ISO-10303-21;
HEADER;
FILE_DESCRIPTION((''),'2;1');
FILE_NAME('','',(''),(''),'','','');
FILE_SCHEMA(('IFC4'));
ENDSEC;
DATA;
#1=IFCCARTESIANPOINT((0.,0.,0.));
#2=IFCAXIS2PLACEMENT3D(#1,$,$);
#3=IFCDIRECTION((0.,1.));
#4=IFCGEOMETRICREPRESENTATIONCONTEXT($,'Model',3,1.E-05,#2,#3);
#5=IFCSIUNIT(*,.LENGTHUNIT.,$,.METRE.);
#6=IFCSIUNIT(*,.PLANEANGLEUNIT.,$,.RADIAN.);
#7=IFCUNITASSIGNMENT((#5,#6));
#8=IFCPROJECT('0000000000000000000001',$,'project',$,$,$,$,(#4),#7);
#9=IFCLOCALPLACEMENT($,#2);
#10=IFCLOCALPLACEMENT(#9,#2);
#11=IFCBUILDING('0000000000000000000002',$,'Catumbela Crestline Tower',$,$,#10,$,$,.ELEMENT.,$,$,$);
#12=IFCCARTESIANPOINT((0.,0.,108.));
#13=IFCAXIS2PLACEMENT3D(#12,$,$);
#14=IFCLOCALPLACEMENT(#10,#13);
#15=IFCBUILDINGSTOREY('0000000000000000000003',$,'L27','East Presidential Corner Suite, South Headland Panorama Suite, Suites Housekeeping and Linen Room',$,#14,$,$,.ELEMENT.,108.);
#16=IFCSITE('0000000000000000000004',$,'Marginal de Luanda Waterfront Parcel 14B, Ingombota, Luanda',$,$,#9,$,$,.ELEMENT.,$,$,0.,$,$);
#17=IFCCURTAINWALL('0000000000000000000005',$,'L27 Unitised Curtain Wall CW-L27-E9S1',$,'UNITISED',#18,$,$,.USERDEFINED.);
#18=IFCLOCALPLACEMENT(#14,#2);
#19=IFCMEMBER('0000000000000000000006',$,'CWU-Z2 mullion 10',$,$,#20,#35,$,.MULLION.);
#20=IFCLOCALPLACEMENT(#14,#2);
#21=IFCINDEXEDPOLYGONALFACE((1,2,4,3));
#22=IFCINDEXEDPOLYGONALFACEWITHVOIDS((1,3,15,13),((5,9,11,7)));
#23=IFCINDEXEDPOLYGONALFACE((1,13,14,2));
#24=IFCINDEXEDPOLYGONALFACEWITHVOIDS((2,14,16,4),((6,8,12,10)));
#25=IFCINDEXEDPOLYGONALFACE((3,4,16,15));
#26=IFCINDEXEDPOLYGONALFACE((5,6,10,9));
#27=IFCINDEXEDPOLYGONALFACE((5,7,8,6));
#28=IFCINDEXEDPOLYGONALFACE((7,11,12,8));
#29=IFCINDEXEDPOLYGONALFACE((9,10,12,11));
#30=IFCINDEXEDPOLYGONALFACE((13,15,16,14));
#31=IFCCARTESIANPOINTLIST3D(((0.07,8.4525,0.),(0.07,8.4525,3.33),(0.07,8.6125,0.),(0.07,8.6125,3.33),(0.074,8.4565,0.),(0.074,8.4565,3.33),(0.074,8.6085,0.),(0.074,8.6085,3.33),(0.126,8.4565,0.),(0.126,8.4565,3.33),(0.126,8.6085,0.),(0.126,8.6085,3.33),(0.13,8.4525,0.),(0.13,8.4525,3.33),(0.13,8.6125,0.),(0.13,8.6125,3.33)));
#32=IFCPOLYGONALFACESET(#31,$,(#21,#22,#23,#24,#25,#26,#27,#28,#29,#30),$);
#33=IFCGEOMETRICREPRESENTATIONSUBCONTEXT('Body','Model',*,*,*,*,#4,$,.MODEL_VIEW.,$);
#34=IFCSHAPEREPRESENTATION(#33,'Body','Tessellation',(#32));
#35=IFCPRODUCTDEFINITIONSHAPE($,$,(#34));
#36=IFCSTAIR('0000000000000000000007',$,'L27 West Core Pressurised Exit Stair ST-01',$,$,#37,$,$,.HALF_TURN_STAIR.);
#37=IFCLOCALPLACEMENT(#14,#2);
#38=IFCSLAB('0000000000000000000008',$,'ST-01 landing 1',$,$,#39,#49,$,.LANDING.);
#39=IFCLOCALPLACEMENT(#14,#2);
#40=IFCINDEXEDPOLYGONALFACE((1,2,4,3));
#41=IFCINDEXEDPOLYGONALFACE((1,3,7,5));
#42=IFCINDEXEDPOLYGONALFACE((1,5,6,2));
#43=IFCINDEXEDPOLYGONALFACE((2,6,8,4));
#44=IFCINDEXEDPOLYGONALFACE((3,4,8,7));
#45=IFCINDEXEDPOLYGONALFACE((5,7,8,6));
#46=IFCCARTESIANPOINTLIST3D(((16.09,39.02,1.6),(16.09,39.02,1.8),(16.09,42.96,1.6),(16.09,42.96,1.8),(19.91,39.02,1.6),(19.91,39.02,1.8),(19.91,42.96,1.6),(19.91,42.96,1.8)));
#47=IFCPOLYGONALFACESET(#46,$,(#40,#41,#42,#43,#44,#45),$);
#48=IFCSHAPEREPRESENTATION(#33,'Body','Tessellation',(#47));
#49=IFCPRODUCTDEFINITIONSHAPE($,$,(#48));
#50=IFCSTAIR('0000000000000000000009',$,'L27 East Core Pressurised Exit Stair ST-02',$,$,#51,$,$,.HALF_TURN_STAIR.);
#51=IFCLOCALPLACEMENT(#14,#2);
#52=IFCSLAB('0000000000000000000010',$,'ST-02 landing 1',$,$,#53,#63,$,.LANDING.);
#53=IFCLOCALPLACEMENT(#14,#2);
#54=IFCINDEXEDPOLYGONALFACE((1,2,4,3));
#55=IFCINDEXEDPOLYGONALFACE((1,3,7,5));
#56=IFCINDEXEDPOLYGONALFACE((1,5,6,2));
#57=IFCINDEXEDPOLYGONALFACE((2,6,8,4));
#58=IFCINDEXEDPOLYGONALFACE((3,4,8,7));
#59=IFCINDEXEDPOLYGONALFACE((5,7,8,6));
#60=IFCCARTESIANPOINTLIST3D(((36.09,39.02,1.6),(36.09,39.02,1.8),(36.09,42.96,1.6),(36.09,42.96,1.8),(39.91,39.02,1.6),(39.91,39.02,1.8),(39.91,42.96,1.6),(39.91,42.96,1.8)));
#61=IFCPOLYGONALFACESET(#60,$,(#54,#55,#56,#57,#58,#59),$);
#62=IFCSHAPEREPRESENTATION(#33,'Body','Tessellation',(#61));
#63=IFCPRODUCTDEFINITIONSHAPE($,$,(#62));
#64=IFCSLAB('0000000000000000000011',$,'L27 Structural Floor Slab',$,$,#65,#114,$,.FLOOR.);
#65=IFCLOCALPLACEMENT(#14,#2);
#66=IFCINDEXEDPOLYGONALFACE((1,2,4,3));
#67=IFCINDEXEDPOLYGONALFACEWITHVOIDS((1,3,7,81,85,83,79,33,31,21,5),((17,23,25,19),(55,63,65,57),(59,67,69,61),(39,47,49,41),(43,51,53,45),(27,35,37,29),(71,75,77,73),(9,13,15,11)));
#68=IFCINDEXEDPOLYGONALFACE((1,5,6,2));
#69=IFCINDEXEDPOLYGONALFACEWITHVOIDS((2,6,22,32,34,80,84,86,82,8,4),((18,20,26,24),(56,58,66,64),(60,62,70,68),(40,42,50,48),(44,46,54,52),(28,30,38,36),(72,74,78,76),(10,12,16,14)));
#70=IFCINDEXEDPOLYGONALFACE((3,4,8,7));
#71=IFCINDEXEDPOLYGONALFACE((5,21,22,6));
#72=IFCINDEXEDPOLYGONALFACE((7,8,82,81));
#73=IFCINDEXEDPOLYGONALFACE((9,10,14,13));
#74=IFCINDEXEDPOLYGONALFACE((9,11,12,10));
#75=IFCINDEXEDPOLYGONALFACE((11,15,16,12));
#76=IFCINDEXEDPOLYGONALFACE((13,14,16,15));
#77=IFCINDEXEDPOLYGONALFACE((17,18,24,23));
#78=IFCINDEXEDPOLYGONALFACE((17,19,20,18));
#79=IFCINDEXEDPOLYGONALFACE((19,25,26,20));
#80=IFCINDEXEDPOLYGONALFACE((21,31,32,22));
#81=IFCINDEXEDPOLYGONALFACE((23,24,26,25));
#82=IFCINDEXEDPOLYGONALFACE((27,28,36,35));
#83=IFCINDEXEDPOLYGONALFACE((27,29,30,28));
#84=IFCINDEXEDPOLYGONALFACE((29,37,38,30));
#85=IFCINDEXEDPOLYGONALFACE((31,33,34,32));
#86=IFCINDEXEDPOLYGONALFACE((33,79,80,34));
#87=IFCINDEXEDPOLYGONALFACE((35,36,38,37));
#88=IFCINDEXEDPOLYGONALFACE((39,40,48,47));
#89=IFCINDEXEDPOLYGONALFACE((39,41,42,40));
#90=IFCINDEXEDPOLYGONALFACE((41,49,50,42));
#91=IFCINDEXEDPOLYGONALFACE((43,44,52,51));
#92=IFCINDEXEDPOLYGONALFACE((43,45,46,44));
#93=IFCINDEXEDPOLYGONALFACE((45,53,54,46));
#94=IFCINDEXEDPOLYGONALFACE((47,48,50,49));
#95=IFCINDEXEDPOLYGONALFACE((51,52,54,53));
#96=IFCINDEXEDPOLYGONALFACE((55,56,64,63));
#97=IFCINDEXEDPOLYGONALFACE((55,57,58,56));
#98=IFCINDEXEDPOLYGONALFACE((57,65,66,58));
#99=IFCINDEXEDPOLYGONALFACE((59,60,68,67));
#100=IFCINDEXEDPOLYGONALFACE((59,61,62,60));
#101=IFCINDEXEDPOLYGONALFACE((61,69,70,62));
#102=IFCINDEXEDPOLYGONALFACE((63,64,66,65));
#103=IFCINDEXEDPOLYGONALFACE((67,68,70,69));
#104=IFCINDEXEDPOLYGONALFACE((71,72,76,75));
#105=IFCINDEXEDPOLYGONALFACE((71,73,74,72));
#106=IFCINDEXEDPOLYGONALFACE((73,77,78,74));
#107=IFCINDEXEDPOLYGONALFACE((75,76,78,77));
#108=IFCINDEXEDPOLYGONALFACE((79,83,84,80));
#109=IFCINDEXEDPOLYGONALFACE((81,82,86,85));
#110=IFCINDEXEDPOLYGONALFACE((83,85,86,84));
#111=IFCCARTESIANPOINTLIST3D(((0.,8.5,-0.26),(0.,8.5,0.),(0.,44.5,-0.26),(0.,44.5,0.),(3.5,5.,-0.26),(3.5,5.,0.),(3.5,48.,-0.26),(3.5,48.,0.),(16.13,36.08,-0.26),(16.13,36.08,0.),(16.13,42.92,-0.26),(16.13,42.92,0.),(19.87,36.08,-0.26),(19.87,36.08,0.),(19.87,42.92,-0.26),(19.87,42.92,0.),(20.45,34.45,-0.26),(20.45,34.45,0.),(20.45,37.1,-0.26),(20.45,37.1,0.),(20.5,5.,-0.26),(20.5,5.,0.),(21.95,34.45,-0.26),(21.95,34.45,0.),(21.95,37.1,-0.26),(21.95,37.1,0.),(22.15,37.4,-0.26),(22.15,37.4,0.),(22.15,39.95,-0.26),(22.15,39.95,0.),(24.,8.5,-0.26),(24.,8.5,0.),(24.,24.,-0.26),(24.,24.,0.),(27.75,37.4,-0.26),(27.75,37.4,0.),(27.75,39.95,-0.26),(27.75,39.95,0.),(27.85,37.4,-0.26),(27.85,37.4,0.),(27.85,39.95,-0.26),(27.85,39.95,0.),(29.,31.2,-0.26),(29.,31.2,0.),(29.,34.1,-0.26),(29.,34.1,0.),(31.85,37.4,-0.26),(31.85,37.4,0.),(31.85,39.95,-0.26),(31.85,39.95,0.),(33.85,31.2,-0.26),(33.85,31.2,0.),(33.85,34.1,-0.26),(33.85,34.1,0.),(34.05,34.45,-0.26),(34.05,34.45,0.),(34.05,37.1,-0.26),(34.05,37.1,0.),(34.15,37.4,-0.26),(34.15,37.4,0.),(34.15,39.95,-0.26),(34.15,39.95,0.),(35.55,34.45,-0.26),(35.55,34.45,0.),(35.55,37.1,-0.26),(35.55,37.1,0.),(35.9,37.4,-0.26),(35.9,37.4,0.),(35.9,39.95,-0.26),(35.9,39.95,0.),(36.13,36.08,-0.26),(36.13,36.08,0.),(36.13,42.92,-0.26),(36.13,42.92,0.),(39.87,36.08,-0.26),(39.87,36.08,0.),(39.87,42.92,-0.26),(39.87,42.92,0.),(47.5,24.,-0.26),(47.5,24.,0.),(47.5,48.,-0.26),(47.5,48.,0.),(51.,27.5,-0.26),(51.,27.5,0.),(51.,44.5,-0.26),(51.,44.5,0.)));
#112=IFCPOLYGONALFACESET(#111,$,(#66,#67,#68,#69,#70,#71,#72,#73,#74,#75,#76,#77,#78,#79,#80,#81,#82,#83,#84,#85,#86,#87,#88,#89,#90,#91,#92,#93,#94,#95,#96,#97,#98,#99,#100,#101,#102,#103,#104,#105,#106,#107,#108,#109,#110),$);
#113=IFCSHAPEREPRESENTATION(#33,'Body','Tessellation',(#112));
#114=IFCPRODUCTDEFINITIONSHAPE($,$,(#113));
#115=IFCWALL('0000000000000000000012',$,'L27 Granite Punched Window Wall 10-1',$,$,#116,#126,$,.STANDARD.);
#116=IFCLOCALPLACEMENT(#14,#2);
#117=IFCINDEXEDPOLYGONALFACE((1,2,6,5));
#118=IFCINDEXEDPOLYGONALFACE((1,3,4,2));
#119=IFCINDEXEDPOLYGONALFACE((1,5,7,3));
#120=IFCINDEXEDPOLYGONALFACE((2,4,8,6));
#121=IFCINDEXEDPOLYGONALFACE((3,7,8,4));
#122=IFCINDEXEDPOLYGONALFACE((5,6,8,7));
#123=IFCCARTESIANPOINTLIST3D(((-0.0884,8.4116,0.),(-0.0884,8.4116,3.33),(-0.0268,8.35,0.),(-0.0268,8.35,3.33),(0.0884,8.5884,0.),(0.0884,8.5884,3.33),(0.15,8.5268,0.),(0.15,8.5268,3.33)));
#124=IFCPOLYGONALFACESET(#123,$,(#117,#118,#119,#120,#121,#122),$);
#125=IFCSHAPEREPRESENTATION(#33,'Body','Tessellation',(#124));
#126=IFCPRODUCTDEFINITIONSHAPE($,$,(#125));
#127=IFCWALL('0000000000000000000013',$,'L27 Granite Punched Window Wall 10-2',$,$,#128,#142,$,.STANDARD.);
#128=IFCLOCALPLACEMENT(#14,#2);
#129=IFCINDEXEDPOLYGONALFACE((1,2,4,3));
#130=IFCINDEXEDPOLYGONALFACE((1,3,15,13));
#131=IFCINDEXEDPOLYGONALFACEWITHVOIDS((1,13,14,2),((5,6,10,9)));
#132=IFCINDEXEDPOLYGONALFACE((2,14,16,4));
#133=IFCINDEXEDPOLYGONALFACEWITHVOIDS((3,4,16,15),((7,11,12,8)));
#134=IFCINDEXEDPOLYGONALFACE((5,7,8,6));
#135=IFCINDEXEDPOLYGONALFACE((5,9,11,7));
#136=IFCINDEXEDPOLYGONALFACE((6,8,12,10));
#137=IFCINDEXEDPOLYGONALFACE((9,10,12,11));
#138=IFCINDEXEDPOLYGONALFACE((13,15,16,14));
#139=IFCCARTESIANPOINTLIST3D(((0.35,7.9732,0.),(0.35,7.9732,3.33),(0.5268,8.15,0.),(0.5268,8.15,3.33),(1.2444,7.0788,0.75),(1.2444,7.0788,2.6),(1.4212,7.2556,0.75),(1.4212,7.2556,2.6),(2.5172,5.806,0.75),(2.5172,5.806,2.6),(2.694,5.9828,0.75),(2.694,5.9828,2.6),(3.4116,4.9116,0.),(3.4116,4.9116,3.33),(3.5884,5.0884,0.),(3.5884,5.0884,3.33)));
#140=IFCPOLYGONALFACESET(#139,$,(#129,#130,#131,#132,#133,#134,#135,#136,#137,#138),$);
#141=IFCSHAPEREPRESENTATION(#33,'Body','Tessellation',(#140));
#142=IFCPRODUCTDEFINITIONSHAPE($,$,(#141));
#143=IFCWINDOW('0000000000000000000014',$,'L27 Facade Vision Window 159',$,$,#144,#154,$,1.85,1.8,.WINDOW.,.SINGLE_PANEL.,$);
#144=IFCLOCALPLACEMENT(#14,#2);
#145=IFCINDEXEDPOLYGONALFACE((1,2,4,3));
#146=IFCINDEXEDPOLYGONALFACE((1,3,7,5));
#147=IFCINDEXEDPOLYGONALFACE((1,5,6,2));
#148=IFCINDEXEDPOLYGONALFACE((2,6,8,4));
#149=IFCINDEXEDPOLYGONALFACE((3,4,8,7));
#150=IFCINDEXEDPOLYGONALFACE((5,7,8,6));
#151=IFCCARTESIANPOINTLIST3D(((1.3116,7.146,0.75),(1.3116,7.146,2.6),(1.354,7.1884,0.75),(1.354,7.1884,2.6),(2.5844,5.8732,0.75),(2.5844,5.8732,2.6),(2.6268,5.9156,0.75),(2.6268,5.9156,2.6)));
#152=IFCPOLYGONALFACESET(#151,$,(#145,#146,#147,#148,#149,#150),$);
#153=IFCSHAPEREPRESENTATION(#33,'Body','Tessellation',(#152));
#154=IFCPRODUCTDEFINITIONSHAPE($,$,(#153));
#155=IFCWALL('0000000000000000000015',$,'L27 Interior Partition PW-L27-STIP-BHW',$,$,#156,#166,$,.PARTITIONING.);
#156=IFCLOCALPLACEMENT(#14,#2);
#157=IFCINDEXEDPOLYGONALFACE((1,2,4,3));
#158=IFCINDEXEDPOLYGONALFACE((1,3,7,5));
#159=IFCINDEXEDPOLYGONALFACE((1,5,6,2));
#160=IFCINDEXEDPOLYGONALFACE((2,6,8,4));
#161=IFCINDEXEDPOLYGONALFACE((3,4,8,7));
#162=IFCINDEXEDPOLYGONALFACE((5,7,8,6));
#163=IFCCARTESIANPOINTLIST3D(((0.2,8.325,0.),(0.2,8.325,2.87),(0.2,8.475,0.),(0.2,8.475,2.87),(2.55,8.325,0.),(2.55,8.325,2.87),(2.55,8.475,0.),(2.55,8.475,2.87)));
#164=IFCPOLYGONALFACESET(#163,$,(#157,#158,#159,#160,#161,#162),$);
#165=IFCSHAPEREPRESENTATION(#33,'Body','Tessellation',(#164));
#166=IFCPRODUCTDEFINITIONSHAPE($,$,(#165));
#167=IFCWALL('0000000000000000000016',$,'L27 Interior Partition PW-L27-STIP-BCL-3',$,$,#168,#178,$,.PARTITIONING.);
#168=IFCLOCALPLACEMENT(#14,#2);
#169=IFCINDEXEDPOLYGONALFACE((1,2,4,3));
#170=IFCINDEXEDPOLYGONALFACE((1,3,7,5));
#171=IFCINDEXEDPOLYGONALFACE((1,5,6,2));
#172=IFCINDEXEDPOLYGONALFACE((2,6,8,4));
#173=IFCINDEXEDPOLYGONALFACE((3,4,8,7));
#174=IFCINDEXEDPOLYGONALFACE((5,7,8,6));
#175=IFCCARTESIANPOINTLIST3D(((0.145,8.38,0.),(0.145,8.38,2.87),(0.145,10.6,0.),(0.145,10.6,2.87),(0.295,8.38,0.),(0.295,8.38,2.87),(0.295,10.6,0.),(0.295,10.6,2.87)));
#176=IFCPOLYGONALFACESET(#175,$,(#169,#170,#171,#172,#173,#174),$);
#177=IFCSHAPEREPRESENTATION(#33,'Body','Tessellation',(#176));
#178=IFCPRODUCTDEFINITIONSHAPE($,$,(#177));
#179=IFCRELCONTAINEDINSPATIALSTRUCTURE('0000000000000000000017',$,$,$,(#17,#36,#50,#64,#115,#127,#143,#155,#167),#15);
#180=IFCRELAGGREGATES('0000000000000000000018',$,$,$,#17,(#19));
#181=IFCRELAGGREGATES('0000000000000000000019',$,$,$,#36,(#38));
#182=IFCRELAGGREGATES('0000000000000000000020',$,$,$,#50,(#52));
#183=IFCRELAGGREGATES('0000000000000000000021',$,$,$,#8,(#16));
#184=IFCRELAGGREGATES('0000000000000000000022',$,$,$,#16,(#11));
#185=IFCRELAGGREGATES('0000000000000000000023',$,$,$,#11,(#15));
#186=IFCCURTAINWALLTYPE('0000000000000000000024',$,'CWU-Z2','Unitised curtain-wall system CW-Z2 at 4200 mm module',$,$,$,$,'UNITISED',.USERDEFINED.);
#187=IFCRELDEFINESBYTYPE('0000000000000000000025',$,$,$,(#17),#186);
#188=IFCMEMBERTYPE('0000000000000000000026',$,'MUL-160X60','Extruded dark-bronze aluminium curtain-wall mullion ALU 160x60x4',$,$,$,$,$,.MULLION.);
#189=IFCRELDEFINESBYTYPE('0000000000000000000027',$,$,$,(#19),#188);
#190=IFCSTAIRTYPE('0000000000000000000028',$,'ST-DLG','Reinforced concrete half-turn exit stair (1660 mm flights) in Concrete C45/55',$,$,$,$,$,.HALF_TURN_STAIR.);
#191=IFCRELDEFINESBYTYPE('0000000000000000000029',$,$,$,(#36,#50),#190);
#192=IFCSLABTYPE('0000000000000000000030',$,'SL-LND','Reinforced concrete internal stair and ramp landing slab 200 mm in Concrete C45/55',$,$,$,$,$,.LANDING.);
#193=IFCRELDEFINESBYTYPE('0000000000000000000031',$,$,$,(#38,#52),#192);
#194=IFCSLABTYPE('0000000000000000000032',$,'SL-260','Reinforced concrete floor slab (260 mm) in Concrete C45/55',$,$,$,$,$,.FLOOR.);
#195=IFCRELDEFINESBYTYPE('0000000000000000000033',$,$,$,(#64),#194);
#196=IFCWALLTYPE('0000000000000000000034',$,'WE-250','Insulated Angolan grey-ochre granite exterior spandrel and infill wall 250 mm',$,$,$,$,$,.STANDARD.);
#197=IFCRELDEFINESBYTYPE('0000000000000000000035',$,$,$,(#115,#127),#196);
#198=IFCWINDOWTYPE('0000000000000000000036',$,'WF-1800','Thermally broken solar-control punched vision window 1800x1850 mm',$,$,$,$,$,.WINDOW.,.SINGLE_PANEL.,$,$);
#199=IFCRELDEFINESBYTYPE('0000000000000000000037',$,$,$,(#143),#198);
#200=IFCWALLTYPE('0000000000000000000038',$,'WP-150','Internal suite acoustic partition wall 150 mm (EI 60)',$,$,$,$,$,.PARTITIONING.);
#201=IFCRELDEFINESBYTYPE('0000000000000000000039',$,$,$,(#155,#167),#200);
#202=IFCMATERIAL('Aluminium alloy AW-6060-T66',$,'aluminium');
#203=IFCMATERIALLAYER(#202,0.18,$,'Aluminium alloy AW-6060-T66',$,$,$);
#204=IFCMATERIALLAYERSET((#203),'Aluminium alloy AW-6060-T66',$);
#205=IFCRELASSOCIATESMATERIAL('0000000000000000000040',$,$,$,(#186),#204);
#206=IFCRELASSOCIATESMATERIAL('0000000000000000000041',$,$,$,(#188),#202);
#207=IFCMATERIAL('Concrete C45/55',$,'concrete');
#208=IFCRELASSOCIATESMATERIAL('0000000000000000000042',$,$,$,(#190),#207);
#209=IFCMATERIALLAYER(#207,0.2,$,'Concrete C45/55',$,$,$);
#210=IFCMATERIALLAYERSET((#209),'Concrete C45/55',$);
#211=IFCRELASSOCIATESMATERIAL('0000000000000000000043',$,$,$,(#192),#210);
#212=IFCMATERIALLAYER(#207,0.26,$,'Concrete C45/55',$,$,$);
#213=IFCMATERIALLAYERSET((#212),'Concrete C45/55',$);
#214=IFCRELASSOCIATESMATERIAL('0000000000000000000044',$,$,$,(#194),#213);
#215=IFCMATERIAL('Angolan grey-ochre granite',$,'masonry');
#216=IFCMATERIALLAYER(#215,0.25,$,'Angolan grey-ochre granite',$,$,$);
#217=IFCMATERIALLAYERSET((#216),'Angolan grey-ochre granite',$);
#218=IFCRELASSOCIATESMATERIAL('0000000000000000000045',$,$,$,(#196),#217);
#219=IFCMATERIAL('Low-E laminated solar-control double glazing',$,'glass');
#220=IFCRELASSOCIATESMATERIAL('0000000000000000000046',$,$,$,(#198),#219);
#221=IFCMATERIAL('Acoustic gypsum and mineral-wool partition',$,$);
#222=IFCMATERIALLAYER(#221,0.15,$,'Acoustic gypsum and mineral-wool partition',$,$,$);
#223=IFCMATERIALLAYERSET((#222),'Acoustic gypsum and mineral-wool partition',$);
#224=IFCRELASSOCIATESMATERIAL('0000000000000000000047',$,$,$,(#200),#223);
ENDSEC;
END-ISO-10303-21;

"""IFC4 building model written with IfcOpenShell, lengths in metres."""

from ifc_helpers import new_model, si_unit, direction, frame, frame_2d, origin, origin_2d, place, context, subcontext, project, spatial, polyline, rectangle, hollow_rectangle, outline, extrude, material, layer, layer_set, material_profile, profile_set, type_object, element, fill, aggregate, save


model = new_model("IFC4")

# Units and contexts
model_context = context("Model", 3, precision=1e-05, world=origin(), true_north=direction((0.0, 1.0)))
body_context = subcontext(model_context, "Body", "Model", "MODEL_VIEW")
ifc_project = project(units=[si_unit("LENGTHUNIT", "METRE"), si_unit("PLANEANGLEUNIT", "RADIAN")], contexts=[model_context])

# Site, building, storey
site_placement = place(None, origin())
site = spatial("IfcSite", under=ifc_project, at=site_placement, Name="Marginal de Luanda Waterfront Parcel 14B, Ingombota, Luanda", CompositionType="ELEMENT", RefElevation=0.0)
building_placement = place(site_placement, origin())
building = spatial("IfcBuilding", under=site, at=building_placement, Name="Catumbela Crestline Tower", CompositionType="ELEMENT")
storey_placement = place(building_placement, frame((0.0, 0.0, 108.0)))
storey = spatial("IfcBuildingStorey", under=building, at=storey_placement, Name="L27", Description="East Presidential Corner Suite, South Headland Panorama Suite, Suites Housekeeping and Linen Room", CompositionType="ELEMENT", Elevation=108.0)

# Curtain wall, member
ifc_material_1 = material(Name="Aluminium alloy AW-6060-T66", Category="aluminium")
ifc_layer_1 = layer(ifc_material_1, 0.18, Name="Aluminium alloy AW-6060-T66")
ifc_layer_set_1 = layer_set([ifc_layer_1], Name="Aluminium alloy AW-6060-T66")
curtain_wall_type = type_object("IfcCurtainWallType", Name="CWU-Z2", Description="Unitised curtain-wall system CW-Z2 at 4200 mm module", ElementType="UNITISED", PredefinedType="USERDEFINED", material=ifc_layer_set_1)
curtain_wall_placement = place(storey_placement, origin())
curtain_wall = element("IfcCurtainWall", 1, at=curtain_wall_placement, inside=storey, type_object=curtain_wall_type, Name="L27 Unitised Curtain Wall CW-L27-E9S1", ObjectType="UNITISED", PredefinedType="USERDEFINED")
ifc_material_profile = material_profile(ifc_material_1, hollow_rectangle(XDim=0.06, YDim=0.16, WallThickness=0.004, at=origin_2d()), Name="ALU 160x60x4")
ifc_profile_set = profile_set([ifc_material_profile], Name="Aluminium alloy AW-6060-T66")
member_type = type_object("IfcMemberType", Name="MUL-160X60", Description="Extruded dark-bronze aluminium curtain-wall mullion ALU 160x60x4", PredefinedType="MULLION", material=ifc_profile_set)
member_placement = place(storey_placement, frame((0.1, 8.5325, 0.0), z_axis=(0.0, 0.0, 1.0), x_axis=(1.0, 0.0, 0.0)))
member = element("IfcMember", 2, at=member_placement, type_object=member_type, Name="CWU-Z2 mullion 10", PredefinedType="MULLION", context=body_context, shape_type="SweptSolid", body=[
    extrude(hollow_rectangle(XDim=0.06, YDim=0.16, WallThickness=0.004, at=origin_2d()), origin(), (0.0, 0.0, 1.0), 3.33),
])
aggregate(curtain_wall, [member])

# Stairs, slabs
ifc_material_2 = material(Name="Concrete C45/55", Category="concrete")
stair_type = type_object("IfcStairType", Name="ST-DLG", Description="Reinforced concrete half-turn exit stair (1660 mm flights) in Concrete C45/55", PredefinedType="HALF_TURN_STAIR", material=ifc_material_2)
stair_1_placement = place(storey_placement, origin())
stair_1 = element("IfcStair", 3, at=stair_1_placement, inside=storey, type_object=stair_type, Name="L27 West Core Pressurised Exit Stair ST-01", PredefinedType="HALF_TURN_STAIR")
ifc_layer_2 = layer(ifc_material_2, 0.2, Name="Concrete C45/55")
ifc_layer_set_2 = layer_set([ifc_layer_2], Name="Concrete C45/55")
slab_type_1 = type_object("IfcSlabType", Name="SL-LND", Description="Reinforced concrete internal stair and ramp landing slab 200 mm in Concrete C45/55", PredefinedType="LANDING", material=ifc_layer_set_2)
slab_1_placement = place(storey_placement, frame((0.0, 0.0, 1.6)))
slab_1 = element("IfcSlab", 4, at=slab_1_placement, type_object=slab_type_1, Name="ST-01 landing 1", PredefinedType="LANDING", context=body_context, shape_type="SweptSolid", body=[
    extrude(outline(polyline([(19.91, 39.02), (19.91, 42.96), (16.09, 42.96), (16.09, 39.02), (19.91, 39.02)])), origin(), (0.0, 0.0, 1.0), 0.2),
])
aggregate(stair_1, [slab_1])
stair_2_placement = place(storey_placement, origin())
stair_2 = element("IfcStair", 5, at=stair_2_placement, inside=storey, type_object=stair_type, Name="L27 East Core Pressurised Exit Stair ST-02", PredefinedType="HALF_TURN_STAIR")
slab_2_placement = place(storey_placement, frame((0.0, 0.0, 1.6)))
slab_2 = element("IfcSlab", 6, at=slab_2_placement, type_object=slab_type_1, Name="ST-02 landing 1", PredefinedType="LANDING", context=body_context, shape_type="SweptSolid", body=[
    extrude(outline(polyline([(39.91, 39.02), (39.91, 42.96), (36.09, 42.96), (36.09, 39.02), (39.91, 39.02)])), origin(), (0.0, 0.0, 1.0), 0.2),
])
aggregate(stair_2, [slab_2])

# Slab
ifc_layer_3 = layer(ifc_material_2, 0.26, Name="Concrete C45/55")
ifc_layer_set_3 = layer_set([ifc_layer_3], Name="Concrete C45/55")
slab_type_2 = type_object("IfcSlabType", Name="SL-260", Description="Reinforced concrete floor slab (260 mm) in Concrete C45/55", PredefinedType="FLOOR", material=ifc_layer_set_3)
slab_3_placement = place(storey_placement, frame((0.0, 0.0, -0.26)))
element("IfcSlab", 7, at=slab_3_placement, inside=storey, type_object=slab_type_2, Name="L27 Structural Floor Slab", PredefinedType="FLOOR", context=body_context, shape_type="SweptSolid", body=[
    extrude(outline(polyline([(3.5, 5.0), (20.5, 5.0), (24.0, 8.5), (24.0, 24.0), (47.5, 24.0), (51.0, 27.5), (51.0, 44.5), (47.5, 48.0), (3.5, 48.0), (0.0, 44.5), (0.0, 8.5), (3.5, 5.0)]), holes=[polyline([(16.13, 36.08), (19.87, 36.08), (19.87, 42.92), (16.13, 42.92), (16.13, 36.08)]), polyline([(36.13, 36.08), (39.87, 36.08), (39.87, 42.92), (36.13, 42.92), (36.13, 36.08)]), polyline([(29.0, 31.2), (33.85, 31.2), (33.85, 34.1), (29.0, 34.1), (29.0, 31.2)]), polyline([(22.15, 37.4), (27.75, 37.4), (27.75, 39.95), (22.15, 39.95), (22.15, 37.4)]), polyline([(27.85, 37.4), (31.85, 37.4), (31.85, 39.95), (27.85, 39.95), (27.85, 37.4)]), polyline([(20.45, 34.45), (21.95, 34.45), (21.95, 37.1), (20.45, 37.1), (20.45, 34.45)]), polyline([(34.05, 34.45), (35.55, 34.45), (35.55, 37.1), (34.05, 37.1), (34.05, 34.45)]), polyline([(34.15, 37.4), (35.9, 37.4), (35.9, 39.95), (34.15, 39.95), (34.15, 37.4)])]), origin(), (0.0, 0.0, 1.0), 0.26),
])

# Wall
ifc_material_3 = material(Name="Angolan grey-ochre granite", Category="masonry")
ifc_layer_4 = layer(ifc_material_3, 0.25, Name="Angolan grey-ochre granite")
ifc_layer_set_4 = layer_set([ifc_layer_4], Name="Angolan grey-ochre granite")
wall_type_1 = type_object("IfcWallType", Name="WE-250", Description="Insulated Angolan grey-ochre granite exterior spandrel and infill wall 250 mm", PredefinedType="STANDARD", material=ifc_layer_set_4)
wall_1_placement = place(storey_placement, frame((0.0, 8.5, 0.0), z_axis=(0.0, 0.0, 1.0), x_axis=(0.707107, -0.707107, 0.0)))
element("IfcWall", 8, at=wall_1_placement, inside=storey, type_object=wall_type_1, Name="L27 Granite Punched Window Wall 10-1", PredefinedType="STANDARD", context=body_context, shape_type="SweptSolid", body=[
    extrude(rectangle(XDim=0.0871, YDim=0.25, at=frame_2d((0.0436, 0.0))), origin(), (0.0, 0.0, 1.0), 3.33),
])

# Wall, opening, window
wall_2_placement = place(storey_placement, frame((0.4384, 8.0616, 0.0), z_axis=(0.0, 0.0, 1.0), x_axis=(0.707107, -0.707107, 0.0)))
wall_2 = element("IfcWall", 9, at=wall_2_placement, inside=storey, type_object=wall_type_1, Name="L27 Granite Punched Window Wall 10-2", PredefinedType="STANDARD", context=body_context, shape_type="SweptSolid", body=[
    extrude(rectangle(XDim=4.3298, YDim=0.25, at=frame_2d((2.1649, 0.0))), origin(), (0.0, 0.0, 1.0), 3.33),
])
opening_placement = place(wall_2_placement, frame((1.2649, 0.0, 0.75)))
opening = element("IfcOpeningElement", 10, at=opening_placement, cuts=wall_2, PredefinedType="OPENING", context=body_context, shape_type="SweptSolid", body=[
    extrude(rectangle(XDim=1.8, YDim=1.85, at=frame_2d((0.9, 0.925))), frame((0.0, 0.135, 0.0), z_axis=(0.0, -1.0, 0.0), x_axis=(1.0, 0.0, 0.0)), (0.0, 0.0, 1.0), 0.27),
])
ifc_material_4 = material(Name="Low-E laminated solar-control double glazing", Category="glass")
window_type = type_object("IfcWindowType", Name="WF-1800", Description="Thermally broken solar-control punched vision window 1800x1850 mm", PartitioningType="SINGLE_PANEL", PredefinedType="WINDOW", material=ifc_material_4)
window_placement = place(opening_placement, origin())
window = element("IfcWindow", 11, at=window_placement, inside=storey, type_object=window_type, Name="L27 Facade Vision Window 159", OverallHeight=1.85, OverallWidth=1.8, PartitioningType="SINGLE_PANEL", PredefinedType="WINDOW", context=body_context, shape_type="SweptSolid", body=[
    extrude(rectangle(XDim=1.8, YDim=1.85, at=frame_2d((0.9, 0.925))), frame((0.0, 0.03, 0.0), z_axis=(0.0, -1.0, 0.0), x_axis=(1.0, 0.0, 0.0)), (0.0, 0.0, 1.0), 0.06),
])
fill(opening, window)

# Walls
ifc_material_5 = material(Name="Acoustic gypsum and mineral-wool partition")
ifc_layer_5 = layer(ifc_material_5, 0.15, Name="Acoustic gypsum and mineral-wool partition")
ifc_layer_set_5 = layer_set([ifc_layer_5], Name="Acoustic gypsum and mineral-wool partition")
wall_type_2 = type_object("IfcWallType", Name="WP-150", Description="Internal suite acoustic partition wall 150 mm (EI 60)", PredefinedType="PARTITIONING", material=ifc_layer_set_5)
wall_3_placement = place(storey_placement, frame((0.2, 8.4, 0.0), z_axis=(0.0, 0.0, 1.0), x_axis=(1.0, 0.0, 0.0)))
element("IfcWall", 12, at=wall_3_placement, inside=storey, type_object=wall_type_2, Name="L27 Interior Partition PW-L27-STIP-BHW", PredefinedType="PARTITIONING", context=body_context, shape_type="SweptSolid", body=[
    extrude(rectangle(XDim=2.35, YDim=0.15, at=frame_2d((1.175, 0.0))), origin(), (0.0, 0.0, 1.0), 2.87),
])
wall_4_placement = place(storey_placement, frame((0.22, 8.38, 0.0), z_axis=(0.0, 0.0, 1.0), x_axis=(0.0, 1.0, 0.0)))
element("IfcWall", 13, at=wall_4_placement, inside=storey, type_object=wall_type_2, Name="L27 Interior Partition PW-L27-STIP-BCL-3", PredefinedType="PARTITIONING", context=body_context, shape_type="SweptSolid", body=[
    extrude(rectangle(XDim=2.22, YDim=0.15, at=frame_2d((1.11, 0.0))), origin(), (0.0, 0.0, 1.0), 2.87),
])

save(model, "model.ifc")
